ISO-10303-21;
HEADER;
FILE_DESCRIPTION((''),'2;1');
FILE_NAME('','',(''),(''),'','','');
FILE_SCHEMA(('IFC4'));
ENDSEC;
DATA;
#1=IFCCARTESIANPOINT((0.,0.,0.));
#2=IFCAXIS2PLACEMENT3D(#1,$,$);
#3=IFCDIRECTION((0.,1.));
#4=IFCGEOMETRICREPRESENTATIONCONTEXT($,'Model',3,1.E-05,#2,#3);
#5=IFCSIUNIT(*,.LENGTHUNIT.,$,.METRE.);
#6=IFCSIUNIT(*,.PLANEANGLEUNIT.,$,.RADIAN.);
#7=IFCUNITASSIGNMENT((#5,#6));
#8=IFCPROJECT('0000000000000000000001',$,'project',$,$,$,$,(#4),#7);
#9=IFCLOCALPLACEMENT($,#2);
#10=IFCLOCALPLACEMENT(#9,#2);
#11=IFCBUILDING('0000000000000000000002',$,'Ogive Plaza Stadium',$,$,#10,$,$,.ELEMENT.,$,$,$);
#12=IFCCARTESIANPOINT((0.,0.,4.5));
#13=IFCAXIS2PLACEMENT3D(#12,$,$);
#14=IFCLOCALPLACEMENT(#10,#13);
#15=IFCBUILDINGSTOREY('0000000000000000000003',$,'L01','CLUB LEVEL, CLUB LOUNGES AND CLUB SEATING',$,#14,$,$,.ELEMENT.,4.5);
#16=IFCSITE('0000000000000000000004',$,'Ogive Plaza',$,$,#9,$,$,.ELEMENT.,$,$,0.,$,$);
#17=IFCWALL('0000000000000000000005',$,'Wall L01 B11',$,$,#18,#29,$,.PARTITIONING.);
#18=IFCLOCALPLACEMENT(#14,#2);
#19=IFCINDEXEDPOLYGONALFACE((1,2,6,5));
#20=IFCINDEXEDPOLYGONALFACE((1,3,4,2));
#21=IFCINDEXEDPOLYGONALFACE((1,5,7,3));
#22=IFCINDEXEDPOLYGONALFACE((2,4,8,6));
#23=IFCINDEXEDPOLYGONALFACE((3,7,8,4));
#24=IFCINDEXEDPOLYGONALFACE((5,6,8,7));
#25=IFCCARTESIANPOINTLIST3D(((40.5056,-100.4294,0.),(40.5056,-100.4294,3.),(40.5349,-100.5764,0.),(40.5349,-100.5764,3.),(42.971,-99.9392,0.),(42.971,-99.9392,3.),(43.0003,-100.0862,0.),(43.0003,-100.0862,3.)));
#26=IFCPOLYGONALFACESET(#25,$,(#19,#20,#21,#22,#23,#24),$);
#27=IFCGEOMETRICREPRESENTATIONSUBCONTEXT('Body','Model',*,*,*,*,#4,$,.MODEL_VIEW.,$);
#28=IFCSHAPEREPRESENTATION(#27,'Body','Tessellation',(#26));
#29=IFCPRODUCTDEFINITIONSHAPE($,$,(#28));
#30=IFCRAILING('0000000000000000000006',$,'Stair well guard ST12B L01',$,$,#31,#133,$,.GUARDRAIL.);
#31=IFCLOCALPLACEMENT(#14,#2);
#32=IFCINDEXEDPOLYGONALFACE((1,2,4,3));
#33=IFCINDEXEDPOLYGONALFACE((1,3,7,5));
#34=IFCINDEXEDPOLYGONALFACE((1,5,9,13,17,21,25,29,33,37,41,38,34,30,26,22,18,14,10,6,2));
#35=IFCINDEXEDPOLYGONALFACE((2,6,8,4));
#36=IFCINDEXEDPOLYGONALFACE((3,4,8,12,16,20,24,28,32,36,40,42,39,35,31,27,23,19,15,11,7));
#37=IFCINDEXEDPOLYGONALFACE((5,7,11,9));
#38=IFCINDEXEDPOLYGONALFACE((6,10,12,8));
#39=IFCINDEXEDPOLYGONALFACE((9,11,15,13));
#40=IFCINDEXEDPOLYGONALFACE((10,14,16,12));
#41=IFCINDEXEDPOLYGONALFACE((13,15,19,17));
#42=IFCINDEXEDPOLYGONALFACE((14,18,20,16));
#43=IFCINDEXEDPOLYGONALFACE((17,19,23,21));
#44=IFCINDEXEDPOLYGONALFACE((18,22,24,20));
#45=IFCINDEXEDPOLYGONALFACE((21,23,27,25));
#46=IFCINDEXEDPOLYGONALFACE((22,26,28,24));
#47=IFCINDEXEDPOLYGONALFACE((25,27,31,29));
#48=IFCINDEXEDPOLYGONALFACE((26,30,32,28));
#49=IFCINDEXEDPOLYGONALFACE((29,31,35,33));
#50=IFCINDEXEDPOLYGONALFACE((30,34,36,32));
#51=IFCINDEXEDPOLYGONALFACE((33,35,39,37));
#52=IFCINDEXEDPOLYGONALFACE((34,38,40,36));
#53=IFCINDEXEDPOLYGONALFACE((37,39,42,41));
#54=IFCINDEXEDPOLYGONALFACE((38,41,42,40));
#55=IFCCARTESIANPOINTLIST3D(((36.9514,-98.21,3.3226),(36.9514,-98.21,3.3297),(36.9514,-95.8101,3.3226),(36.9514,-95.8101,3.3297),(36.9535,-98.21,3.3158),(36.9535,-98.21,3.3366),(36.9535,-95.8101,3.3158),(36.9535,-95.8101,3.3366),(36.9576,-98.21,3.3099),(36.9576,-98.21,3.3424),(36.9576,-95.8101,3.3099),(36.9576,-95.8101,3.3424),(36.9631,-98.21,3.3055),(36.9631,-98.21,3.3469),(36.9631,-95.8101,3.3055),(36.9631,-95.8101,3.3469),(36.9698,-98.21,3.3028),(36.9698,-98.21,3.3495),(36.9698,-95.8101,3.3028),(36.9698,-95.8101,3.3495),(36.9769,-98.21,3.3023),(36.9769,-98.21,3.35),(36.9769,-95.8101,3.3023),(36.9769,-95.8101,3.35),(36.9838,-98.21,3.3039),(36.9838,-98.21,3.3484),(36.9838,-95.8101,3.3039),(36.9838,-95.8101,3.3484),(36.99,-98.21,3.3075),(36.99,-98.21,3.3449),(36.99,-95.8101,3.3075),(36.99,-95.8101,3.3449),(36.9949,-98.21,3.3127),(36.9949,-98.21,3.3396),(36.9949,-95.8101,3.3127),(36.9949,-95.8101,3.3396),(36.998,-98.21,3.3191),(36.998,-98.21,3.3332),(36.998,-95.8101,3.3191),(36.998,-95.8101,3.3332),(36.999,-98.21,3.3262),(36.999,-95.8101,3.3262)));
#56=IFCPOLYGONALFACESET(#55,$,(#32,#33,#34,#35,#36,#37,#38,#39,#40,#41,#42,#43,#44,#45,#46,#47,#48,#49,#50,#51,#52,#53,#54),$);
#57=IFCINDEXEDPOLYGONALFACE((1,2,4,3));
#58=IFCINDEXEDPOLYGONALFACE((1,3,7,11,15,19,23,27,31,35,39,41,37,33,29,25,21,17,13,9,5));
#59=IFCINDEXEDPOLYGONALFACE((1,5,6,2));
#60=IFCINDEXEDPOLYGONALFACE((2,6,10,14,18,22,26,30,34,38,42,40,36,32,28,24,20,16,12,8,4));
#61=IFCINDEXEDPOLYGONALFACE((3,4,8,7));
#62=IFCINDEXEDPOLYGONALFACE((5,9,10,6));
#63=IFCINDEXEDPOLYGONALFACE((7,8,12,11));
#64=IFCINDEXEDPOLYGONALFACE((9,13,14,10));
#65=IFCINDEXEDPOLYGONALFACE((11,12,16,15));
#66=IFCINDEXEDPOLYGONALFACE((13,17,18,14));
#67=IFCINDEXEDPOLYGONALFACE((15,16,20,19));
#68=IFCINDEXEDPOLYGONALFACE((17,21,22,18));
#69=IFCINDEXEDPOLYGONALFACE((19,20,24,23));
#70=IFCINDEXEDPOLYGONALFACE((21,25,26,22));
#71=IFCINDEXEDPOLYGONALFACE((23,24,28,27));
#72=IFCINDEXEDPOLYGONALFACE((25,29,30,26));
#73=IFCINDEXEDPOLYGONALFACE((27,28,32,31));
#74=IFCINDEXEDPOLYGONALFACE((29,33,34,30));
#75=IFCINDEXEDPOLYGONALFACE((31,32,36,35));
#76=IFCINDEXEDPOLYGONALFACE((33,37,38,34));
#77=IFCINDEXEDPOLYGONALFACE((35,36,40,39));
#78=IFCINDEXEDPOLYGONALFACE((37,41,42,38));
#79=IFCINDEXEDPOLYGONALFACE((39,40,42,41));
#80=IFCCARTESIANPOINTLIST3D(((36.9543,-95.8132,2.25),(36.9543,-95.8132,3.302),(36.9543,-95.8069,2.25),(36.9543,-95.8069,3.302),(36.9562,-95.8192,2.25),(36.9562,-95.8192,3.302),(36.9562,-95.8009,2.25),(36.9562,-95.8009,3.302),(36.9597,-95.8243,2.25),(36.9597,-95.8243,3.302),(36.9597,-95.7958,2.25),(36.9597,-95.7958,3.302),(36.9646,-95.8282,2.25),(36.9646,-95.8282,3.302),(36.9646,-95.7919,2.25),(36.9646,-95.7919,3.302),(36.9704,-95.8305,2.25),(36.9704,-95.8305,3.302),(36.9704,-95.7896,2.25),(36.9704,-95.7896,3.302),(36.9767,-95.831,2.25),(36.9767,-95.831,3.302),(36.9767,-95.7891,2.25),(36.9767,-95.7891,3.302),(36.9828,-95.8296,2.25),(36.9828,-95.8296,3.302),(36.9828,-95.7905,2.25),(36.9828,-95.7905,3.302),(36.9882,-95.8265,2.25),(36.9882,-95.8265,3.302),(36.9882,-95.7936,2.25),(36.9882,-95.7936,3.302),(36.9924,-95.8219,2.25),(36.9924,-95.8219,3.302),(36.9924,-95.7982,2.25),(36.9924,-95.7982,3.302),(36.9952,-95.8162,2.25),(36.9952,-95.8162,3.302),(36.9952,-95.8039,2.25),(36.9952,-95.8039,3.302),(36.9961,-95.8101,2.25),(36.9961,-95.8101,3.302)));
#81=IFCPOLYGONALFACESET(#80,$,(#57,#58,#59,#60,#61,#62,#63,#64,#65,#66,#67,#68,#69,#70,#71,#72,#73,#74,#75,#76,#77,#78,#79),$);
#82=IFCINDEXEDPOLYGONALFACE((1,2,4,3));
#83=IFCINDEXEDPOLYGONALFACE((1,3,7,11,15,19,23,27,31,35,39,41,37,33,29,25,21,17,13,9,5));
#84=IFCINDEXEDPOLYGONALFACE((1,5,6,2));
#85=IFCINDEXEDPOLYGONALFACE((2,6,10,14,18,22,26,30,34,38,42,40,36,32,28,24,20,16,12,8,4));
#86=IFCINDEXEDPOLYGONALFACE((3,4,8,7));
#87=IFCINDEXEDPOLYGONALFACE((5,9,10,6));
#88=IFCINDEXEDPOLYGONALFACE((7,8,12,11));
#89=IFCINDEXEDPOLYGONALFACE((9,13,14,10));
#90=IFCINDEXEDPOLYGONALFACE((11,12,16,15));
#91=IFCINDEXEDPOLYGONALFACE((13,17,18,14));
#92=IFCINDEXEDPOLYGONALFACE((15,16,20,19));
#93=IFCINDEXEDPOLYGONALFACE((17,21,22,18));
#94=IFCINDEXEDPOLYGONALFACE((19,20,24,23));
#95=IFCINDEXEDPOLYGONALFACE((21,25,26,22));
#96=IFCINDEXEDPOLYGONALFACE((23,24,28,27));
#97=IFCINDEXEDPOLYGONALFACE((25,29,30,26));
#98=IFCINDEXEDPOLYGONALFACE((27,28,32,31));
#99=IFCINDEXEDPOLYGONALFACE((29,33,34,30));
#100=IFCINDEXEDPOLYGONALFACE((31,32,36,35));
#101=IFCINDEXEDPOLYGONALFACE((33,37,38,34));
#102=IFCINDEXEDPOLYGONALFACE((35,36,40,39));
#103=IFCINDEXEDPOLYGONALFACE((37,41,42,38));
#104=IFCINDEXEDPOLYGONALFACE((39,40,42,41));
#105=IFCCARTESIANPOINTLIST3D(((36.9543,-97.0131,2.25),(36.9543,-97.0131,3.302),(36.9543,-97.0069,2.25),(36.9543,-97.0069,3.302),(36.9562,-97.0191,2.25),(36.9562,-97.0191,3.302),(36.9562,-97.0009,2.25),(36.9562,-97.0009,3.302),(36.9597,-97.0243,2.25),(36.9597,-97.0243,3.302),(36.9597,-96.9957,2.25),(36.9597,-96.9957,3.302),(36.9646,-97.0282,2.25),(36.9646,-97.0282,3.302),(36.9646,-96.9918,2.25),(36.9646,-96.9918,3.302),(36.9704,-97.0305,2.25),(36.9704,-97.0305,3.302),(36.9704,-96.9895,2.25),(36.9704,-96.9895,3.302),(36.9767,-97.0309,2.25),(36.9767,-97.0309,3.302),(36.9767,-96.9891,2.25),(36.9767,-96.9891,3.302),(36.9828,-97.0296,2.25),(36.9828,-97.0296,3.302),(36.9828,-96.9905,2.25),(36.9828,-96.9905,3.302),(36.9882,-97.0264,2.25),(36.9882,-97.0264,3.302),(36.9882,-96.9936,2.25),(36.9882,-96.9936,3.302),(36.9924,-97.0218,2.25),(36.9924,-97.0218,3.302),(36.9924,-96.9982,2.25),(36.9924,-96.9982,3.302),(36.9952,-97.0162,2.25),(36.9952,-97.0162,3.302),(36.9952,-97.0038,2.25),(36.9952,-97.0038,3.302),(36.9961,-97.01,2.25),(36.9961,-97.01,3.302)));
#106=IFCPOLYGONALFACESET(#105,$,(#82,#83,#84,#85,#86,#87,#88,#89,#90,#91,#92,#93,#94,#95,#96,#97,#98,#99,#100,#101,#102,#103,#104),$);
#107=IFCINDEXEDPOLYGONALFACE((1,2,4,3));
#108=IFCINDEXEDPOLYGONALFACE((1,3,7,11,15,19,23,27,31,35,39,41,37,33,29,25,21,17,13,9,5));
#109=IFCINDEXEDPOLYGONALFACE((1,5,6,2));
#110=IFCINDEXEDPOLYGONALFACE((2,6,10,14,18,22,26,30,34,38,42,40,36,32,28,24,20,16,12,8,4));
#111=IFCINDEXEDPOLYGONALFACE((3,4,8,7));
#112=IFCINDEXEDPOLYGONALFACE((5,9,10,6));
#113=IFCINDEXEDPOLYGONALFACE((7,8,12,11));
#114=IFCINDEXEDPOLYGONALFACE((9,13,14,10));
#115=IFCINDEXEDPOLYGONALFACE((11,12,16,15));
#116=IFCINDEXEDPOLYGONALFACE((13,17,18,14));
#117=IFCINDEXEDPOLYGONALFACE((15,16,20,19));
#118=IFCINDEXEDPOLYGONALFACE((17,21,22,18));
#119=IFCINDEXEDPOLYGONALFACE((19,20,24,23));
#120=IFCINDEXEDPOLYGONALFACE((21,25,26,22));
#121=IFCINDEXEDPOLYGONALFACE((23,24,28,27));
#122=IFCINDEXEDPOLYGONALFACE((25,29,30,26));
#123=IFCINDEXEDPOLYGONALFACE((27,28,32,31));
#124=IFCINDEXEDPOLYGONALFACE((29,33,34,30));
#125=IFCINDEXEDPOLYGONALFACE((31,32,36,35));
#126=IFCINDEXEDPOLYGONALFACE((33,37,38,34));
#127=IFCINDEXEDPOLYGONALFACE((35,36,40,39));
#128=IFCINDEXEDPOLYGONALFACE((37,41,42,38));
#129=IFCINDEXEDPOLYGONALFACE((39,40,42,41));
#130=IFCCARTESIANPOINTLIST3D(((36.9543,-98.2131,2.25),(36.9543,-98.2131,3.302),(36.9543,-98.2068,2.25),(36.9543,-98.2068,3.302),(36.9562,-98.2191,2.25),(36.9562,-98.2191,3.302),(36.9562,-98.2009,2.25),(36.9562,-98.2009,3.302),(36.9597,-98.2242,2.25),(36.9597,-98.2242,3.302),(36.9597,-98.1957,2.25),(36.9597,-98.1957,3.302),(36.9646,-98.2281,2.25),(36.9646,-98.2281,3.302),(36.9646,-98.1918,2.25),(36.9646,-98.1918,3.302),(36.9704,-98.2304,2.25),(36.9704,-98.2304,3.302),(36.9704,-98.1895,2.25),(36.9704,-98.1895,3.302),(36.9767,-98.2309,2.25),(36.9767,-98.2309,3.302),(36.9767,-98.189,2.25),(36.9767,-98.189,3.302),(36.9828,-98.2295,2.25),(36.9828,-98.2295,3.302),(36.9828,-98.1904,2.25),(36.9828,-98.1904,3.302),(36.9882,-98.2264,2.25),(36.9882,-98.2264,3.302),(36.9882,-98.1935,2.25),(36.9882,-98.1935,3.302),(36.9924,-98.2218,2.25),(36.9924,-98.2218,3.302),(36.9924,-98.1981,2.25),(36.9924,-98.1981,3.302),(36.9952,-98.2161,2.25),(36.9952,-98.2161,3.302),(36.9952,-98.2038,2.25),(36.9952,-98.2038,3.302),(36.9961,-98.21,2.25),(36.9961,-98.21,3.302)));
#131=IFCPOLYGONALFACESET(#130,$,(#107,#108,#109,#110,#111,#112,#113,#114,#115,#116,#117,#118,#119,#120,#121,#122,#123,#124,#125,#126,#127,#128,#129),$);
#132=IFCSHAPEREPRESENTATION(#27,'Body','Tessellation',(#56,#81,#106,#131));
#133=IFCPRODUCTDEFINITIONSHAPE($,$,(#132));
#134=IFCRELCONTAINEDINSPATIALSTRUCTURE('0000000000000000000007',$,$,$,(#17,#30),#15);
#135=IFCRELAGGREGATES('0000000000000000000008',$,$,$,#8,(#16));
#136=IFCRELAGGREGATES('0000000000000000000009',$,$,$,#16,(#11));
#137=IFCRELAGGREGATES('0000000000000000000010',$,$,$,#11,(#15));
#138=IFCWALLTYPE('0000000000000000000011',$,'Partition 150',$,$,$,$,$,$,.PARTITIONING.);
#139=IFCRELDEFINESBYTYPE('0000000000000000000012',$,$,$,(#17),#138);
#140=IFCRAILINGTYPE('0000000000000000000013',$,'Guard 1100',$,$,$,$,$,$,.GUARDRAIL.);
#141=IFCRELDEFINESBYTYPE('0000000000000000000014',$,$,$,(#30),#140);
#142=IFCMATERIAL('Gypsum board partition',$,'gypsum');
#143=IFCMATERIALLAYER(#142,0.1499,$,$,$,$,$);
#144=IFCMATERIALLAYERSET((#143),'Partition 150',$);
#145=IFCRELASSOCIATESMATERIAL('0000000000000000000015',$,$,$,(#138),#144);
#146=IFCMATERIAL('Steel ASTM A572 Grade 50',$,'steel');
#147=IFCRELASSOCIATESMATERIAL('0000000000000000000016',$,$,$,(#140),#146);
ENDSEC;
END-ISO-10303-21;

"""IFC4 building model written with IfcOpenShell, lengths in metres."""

from ifc_helpers import new_model, si_unit, direction, frame, frame_2d, origin, origin_2d, place, context, subcontext, project, spatial, rectangle, circle, extrude, material, layer, layer_set, type_object, element, save


model = new_model("IFC4")

# Units and contexts
model_context = context("Model", 3, precision=1e-05, world=origin(), true_north=direction((0.0, 1.0)))
body_context = subcontext(model_context, "Body", "Model", "MODEL_VIEW")
ifc_project = project(units=[si_unit("LENGTHUNIT", "METRE"), si_unit("PLANEANGLEUNIT", "RADIAN")], contexts=[model_context])

# Site, building, storey
site_placement = place(None, origin())
site = spatial("IfcSite", under=ifc_project, at=site_placement, Name="Ogive Plaza", CompositionType="ELEMENT", RefElevation=0.0)
building_placement = place(site_placement, origin())
building = spatial("IfcBuilding", under=site, at=building_placement, Name="Ogive Plaza Stadium", CompositionType="ELEMENT")
storey_placement = place(building_placement, frame((0.0, 0.0, 4.5)))
storey = spatial("IfcBuildingStorey", under=building, at=storey_placement, Name="L01", Description="CLUB LEVEL, CLUB LOUNGES AND CLUB SEATING", CompositionType="ELEMENT", Elevation=4.5)

# Wall
ifc_material_1 = material(Name="Gypsum board partition", Category="gypsum")
ifc_layer_1 = layer(ifc_material_1, 0.1499)
ifc_layer_set_1 = layer_set([ifc_layer_1], Name="Partition 150")
wall_type = type_object("IfcWallType", Name="Partition 150", PredefinedType="PARTITIONING", material=ifc_layer_set_1)
wall_placement = place(storey_placement, frame((40.5203, -100.5029, 0.0), z_axis=(0.0, 0.0, 1.0), x_axis=(0.980797, 0.195033, 0.0)))
element("IfcWall", 1, at=wall_placement, inside=storey, type_object=wall_type, Name="Wall L01 B11", PredefinedType="PARTITIONING", context=body_context, shape_type="SweptSolid", body=[
    extrude(rectangle(XDim=2.5137, YDim=0.1499, at=frame_2d((1.2568, 0.0))), origin(), (0.0, 0.0, 1.0), 3.0),
])

# Railing
ifc_material_2 = material(Name="Steel ASTM A572 Grade 50", Category="steel")
railing_type_1 = type_object("IfcRailingType", Name="Guard 1100", PredefinedType="GUARDRAIL", material=ifc_material_2)
railing_1_placement = place(storey_placement, frame((36.9751, -95.8101, 2.25)))
element("IfcRailing", 2, at=railing_1_placement, inside=storey, type_object=railing_type_1, Name="Stair well guard ST12B L01", PredefinedType="GUARDRAIL", context=body_context, shape_type="SweptSolid", body=[
    extrude(circle(Radius=0.0239, at=origin_2d()), frame((0.0, 0.0, 1.0762), z_axis=(0.0, -1.0, 0.0), x_axis=(1.0, 0.0, 0.0)), (0.0, 0.0, 1.0), 2.3999),
    extrude(circle(Radius=0.021, at=origin_2d()), origin(), (0.0, 0.0, 1.0), 1.052),
    extrude(circle(Radius=0.021, at=origin_2d()), frame((0.0, -1.2, 0.0)), (0.0, 0.0, 1.0), 1.052),
    extrude(circle(Radius=0.021, at=origin_2d()), frame((0.0, -2.3999, 0.0)), (0.0, 0.0, 1.0), 1.052),
])

save(model, "model.ifc")
